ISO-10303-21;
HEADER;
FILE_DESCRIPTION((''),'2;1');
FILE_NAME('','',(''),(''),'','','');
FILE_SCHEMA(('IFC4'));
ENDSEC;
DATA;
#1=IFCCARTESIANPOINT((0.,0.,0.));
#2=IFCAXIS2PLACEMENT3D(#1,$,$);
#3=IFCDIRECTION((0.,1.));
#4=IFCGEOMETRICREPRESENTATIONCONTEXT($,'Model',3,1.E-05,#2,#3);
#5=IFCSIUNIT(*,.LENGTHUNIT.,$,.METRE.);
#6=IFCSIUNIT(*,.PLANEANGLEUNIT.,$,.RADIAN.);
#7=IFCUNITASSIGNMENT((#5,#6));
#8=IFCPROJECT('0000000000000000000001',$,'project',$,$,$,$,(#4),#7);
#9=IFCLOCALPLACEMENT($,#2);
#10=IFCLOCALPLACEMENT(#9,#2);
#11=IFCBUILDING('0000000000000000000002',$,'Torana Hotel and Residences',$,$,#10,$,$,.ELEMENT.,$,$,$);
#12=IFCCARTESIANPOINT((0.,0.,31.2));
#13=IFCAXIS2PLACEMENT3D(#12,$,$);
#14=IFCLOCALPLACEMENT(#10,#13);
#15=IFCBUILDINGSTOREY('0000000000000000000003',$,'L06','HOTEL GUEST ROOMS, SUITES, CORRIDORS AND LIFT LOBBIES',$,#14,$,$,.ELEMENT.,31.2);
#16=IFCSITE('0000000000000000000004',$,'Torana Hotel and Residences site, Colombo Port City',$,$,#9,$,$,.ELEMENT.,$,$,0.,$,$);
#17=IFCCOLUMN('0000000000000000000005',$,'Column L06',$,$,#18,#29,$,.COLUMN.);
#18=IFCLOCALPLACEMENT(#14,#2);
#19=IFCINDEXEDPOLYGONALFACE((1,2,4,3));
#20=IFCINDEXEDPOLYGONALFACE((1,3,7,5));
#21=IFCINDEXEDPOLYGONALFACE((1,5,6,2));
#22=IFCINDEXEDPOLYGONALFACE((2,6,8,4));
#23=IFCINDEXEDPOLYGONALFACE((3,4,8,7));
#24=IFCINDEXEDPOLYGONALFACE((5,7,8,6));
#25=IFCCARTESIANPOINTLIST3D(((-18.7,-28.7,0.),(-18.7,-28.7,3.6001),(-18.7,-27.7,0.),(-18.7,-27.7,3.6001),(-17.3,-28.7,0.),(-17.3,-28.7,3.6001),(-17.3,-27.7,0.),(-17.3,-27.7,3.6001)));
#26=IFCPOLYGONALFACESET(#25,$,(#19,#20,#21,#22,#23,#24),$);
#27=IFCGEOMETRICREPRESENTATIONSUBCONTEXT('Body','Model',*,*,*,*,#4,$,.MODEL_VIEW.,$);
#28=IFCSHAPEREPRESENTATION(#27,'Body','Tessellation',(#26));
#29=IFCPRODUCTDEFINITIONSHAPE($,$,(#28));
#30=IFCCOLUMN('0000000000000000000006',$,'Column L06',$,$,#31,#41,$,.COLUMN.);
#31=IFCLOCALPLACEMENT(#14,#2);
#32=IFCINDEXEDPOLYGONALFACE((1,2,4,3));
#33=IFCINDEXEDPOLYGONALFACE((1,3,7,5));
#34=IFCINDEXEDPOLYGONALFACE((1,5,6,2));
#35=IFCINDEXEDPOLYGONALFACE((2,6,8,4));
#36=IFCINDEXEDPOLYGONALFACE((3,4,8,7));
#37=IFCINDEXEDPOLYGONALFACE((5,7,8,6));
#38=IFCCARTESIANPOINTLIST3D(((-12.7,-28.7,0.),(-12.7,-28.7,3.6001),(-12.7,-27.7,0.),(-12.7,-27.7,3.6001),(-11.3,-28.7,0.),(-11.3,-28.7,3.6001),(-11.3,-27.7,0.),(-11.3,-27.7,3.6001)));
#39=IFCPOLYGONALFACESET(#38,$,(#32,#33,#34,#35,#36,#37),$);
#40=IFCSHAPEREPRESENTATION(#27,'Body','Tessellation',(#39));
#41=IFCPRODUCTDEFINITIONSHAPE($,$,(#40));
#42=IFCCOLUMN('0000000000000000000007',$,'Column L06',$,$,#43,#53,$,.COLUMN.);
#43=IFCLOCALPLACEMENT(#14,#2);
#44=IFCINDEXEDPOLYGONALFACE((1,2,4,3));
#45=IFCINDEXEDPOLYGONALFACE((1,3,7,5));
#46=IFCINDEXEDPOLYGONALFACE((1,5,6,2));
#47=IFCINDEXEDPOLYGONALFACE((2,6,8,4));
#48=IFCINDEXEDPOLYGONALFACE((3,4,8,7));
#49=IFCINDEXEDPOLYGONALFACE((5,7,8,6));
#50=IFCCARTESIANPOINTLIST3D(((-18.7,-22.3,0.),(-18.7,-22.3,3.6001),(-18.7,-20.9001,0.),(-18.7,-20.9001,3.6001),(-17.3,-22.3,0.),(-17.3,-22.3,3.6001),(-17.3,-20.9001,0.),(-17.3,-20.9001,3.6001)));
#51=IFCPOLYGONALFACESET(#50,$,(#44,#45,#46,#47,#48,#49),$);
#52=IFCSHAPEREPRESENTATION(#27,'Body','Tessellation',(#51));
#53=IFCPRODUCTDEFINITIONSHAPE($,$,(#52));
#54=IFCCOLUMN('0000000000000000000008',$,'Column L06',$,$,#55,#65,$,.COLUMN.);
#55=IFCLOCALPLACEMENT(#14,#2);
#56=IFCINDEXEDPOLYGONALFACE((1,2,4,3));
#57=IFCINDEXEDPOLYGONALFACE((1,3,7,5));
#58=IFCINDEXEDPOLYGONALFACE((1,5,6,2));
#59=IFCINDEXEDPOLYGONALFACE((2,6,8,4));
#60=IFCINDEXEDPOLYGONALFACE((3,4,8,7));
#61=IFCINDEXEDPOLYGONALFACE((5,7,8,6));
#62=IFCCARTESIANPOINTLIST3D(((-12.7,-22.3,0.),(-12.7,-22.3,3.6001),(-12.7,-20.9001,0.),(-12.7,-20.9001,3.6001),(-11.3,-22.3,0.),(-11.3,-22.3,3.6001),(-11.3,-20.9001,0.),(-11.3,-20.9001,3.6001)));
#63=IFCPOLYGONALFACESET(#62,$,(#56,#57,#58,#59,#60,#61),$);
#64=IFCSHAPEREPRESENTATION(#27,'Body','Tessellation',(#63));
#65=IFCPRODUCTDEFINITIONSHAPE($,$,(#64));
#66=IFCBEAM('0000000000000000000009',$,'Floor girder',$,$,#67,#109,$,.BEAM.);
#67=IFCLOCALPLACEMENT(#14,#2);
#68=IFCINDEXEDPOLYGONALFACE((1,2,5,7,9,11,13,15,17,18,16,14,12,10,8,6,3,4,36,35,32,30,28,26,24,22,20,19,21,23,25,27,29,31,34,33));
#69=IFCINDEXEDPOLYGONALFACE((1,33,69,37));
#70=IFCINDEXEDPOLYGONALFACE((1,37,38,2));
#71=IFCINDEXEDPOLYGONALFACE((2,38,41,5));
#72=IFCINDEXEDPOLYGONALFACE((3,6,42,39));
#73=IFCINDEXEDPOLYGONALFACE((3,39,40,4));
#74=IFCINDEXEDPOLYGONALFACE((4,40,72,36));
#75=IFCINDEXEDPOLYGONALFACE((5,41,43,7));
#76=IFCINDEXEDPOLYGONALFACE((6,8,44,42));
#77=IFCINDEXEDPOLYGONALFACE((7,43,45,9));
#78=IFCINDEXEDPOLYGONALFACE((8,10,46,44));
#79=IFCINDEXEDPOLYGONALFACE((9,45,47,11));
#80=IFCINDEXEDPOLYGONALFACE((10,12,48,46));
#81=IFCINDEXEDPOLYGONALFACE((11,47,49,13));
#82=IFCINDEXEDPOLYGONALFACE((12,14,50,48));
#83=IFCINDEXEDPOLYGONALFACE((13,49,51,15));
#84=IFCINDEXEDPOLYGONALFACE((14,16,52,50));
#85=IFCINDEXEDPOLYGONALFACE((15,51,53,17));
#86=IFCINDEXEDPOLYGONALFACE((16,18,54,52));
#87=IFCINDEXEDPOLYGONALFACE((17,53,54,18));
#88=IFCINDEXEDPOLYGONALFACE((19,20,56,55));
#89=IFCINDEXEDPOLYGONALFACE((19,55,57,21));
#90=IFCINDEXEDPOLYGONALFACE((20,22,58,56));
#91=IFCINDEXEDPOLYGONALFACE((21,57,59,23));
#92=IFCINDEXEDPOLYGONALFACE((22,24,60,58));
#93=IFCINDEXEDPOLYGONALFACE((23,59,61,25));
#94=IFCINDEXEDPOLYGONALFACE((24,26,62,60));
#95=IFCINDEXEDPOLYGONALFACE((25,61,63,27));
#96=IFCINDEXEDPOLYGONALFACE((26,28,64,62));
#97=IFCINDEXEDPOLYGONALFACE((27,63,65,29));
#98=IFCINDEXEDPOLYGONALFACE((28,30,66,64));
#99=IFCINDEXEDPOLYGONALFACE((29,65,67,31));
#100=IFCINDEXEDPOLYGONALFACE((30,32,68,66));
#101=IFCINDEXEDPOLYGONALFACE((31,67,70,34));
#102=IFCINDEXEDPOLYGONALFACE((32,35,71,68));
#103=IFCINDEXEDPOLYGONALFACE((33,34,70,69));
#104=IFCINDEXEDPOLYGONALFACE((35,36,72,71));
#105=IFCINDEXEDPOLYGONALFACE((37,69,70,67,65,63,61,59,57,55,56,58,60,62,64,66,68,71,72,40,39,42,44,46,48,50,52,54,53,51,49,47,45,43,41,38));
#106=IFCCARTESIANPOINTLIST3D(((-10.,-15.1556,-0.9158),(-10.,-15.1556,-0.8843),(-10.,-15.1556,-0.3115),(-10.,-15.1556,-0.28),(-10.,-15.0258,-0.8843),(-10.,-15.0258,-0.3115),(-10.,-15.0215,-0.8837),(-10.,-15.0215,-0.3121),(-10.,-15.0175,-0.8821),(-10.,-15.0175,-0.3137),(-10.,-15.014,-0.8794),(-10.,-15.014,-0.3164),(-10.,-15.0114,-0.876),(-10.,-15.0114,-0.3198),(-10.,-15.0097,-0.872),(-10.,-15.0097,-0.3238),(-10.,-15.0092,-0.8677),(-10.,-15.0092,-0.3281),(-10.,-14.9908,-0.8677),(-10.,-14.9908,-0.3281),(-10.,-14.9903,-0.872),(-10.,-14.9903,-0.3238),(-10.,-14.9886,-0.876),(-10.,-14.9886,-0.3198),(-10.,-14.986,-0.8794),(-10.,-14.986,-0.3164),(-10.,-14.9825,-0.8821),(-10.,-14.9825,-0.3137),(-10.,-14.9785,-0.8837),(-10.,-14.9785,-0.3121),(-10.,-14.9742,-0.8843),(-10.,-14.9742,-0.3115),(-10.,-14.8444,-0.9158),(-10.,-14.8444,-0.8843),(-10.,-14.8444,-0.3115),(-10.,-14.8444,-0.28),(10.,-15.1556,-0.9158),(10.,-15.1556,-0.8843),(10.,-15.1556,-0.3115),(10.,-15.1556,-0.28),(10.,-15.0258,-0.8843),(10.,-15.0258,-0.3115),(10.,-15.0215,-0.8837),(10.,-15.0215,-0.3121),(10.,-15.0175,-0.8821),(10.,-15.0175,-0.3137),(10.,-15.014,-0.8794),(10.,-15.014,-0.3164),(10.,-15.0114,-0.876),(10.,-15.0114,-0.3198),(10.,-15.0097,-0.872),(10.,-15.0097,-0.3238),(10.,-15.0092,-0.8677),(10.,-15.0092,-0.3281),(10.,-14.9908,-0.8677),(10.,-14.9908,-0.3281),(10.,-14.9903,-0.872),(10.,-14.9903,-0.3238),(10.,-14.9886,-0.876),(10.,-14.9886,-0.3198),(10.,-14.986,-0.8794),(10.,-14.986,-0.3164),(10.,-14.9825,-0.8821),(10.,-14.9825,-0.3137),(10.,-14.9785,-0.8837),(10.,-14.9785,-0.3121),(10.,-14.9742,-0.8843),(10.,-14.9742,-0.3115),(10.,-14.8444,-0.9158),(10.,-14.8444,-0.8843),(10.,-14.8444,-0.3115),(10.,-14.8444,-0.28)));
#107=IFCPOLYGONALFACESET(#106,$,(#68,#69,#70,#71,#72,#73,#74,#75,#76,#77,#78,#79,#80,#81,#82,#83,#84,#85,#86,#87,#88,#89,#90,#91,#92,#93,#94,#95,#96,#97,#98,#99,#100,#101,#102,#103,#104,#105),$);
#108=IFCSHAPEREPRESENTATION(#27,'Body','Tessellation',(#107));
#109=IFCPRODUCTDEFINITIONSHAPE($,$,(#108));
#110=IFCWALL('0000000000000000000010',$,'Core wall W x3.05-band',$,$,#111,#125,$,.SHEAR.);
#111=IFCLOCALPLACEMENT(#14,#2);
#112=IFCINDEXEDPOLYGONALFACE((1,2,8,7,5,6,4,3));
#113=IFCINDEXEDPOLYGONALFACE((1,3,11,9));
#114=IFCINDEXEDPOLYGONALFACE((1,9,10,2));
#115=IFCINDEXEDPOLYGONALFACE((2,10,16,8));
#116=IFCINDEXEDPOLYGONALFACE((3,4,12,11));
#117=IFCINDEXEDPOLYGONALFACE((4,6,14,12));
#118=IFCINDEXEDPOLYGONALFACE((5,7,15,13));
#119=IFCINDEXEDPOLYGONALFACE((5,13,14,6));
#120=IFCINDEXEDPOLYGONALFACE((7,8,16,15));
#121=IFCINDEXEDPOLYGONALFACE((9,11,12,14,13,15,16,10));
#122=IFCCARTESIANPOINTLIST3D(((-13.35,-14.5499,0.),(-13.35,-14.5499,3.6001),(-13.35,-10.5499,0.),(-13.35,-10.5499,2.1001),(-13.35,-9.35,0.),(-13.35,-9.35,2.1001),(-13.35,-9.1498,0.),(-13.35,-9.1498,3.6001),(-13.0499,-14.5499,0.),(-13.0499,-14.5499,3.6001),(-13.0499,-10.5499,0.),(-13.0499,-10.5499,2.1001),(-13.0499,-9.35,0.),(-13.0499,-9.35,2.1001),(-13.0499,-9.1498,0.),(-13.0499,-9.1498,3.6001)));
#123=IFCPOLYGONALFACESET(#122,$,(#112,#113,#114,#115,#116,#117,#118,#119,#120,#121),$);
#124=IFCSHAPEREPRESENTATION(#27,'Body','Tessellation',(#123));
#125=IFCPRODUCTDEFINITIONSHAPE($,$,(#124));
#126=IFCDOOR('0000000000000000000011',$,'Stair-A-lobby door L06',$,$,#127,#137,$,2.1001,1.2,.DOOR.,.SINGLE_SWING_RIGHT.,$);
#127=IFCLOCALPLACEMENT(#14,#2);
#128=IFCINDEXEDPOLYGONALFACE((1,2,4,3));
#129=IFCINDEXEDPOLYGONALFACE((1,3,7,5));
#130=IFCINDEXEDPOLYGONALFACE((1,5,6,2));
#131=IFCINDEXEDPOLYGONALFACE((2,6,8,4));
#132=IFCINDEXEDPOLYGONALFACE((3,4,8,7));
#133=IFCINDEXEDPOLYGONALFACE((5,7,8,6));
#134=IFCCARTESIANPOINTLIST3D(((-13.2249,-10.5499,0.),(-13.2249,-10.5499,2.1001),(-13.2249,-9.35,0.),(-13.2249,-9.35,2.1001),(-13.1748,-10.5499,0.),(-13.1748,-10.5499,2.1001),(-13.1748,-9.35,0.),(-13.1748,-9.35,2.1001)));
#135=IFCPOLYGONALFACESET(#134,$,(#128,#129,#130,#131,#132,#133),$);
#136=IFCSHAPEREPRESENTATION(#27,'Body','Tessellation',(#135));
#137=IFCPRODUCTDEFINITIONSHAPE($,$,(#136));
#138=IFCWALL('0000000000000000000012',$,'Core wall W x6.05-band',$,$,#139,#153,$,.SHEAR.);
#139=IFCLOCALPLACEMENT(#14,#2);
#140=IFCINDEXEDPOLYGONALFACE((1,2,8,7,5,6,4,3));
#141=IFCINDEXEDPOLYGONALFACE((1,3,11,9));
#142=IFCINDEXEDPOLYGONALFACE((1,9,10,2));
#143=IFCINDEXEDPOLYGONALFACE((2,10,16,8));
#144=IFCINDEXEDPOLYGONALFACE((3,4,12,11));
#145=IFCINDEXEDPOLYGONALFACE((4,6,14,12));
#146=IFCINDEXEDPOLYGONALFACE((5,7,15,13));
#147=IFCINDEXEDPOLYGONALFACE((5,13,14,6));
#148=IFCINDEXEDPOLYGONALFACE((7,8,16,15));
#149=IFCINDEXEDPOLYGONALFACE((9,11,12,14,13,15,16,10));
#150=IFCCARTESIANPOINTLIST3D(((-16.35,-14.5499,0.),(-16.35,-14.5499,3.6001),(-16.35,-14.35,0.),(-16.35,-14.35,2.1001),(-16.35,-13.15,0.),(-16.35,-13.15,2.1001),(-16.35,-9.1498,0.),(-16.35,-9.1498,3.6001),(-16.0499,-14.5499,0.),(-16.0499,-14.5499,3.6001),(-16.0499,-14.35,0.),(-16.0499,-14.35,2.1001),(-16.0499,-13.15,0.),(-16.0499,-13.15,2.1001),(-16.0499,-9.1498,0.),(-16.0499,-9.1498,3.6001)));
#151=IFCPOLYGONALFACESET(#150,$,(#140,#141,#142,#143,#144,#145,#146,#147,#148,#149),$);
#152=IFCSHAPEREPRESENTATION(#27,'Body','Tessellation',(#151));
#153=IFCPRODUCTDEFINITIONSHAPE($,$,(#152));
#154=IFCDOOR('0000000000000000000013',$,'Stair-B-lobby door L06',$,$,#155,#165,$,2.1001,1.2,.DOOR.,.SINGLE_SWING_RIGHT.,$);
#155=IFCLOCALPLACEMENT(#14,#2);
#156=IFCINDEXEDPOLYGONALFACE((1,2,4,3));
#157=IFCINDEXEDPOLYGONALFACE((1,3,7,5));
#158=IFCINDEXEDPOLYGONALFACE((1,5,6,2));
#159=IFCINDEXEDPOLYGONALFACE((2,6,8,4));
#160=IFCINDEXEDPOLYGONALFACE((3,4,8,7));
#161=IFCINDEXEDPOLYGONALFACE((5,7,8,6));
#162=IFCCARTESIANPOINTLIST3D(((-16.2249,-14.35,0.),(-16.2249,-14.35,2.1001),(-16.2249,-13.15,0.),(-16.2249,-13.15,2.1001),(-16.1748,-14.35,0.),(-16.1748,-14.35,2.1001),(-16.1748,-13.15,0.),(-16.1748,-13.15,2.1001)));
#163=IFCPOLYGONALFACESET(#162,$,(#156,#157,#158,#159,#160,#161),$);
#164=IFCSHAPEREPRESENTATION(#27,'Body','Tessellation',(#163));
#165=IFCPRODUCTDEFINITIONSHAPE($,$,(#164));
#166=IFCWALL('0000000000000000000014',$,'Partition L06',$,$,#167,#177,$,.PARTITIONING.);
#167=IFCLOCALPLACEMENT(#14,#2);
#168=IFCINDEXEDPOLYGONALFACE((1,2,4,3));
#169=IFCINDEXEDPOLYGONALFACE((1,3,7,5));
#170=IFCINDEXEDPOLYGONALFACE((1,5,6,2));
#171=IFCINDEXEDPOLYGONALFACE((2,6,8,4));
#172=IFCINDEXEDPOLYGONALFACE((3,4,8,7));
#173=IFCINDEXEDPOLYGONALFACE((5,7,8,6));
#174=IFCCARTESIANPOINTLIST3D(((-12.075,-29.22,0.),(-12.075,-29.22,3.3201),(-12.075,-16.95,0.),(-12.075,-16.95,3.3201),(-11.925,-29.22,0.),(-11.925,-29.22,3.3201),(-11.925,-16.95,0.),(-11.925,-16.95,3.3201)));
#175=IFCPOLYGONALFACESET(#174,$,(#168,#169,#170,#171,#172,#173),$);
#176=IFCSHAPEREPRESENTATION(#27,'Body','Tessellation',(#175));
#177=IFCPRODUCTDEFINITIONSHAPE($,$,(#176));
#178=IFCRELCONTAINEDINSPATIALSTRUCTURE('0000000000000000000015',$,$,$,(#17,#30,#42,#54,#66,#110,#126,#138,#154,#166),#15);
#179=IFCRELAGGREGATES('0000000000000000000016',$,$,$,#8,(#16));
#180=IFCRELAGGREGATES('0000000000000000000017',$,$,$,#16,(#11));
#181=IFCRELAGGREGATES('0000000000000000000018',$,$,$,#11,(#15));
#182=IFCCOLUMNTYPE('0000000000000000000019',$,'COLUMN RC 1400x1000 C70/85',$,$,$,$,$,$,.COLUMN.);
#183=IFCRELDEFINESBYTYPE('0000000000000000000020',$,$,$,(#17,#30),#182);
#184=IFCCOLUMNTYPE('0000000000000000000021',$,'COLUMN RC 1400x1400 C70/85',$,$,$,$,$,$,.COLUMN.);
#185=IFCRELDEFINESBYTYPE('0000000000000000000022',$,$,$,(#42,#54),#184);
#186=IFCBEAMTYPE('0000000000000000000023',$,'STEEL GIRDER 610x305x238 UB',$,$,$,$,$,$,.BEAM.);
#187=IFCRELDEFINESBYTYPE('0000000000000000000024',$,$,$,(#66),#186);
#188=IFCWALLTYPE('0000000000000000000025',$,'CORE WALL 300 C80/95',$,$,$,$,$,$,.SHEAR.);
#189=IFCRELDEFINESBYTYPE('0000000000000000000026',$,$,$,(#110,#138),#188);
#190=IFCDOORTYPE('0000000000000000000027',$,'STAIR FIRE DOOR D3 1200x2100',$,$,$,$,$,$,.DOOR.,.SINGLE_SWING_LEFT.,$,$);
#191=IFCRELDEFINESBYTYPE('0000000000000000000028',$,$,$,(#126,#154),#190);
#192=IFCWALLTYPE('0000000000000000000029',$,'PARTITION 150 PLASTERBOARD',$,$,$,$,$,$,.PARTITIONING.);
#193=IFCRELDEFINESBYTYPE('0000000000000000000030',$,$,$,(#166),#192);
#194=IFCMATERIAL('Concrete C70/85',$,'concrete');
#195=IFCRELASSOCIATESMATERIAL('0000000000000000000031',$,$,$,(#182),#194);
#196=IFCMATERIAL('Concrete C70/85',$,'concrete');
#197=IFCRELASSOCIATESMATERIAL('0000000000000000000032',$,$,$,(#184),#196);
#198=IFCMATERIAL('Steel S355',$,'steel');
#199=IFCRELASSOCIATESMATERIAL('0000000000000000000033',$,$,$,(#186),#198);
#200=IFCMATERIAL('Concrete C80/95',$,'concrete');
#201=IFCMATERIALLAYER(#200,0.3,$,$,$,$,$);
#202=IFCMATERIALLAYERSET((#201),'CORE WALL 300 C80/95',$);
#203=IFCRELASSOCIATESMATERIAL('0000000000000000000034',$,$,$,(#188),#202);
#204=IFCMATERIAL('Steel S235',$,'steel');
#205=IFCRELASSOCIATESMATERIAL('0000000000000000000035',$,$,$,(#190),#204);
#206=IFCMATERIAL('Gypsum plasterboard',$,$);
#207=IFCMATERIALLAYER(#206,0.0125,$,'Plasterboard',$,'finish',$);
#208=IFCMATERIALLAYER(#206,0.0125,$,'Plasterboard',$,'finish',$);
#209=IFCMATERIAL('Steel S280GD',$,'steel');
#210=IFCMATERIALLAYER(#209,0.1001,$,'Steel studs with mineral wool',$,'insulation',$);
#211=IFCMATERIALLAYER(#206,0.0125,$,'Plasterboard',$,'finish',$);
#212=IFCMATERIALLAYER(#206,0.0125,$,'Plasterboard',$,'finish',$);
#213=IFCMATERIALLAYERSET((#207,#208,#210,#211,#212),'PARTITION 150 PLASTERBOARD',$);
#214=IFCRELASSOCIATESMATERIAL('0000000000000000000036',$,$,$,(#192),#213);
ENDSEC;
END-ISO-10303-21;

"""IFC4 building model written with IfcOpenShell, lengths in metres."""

from ifc_helpers import new_model, si_unit, direction, frame, frame_2d, origin, origin_2d, place, context, subcontext, project, spatial, rectangle, i_section, extrude, material, layer, layer_set, material_profile, profile_set, type_object, element, fill, save


model = new_model("IFC4")

# Units and contexts
model_context = context("Model", 3, precision=1e-05, world=origin(), true_north=direction((0.0, 1.0)))
body_context = subcontext(model_context, "Body", "Model", "MODEL_VIEW")
ifc_project = project(units=[si_unit("LENGTHUNIT", "METRE"), si_unit("PLANEANGLEUNIT", "RADIAN")], contexts=[model_context])

# Site, building, storey
site_placement = place(None, origin())
site = spatial("IfcSite", under=ifc_project, at=site_placement, Name="Torana Hotel and Residences site, Colombo Port City", CompositionType="ELEMENT", RefElevation=0.0)
building_placement = place(site_placement, origin())
building = spatial("IfcBuilding", under=site, at=building_placement, Name="Torana Hotel and Residences", CompositionType="ELEMENT")
storey_placement = place(building_placement, frame((0.0, 0.0, 31.2)))
storey = spatial("IfcBuildingStorey", under=building, at=storey_placement, Name="L06", Description="HOTEL GUEST ROOMS, SUITES, CORRIDORS AND LIFT LOBBIES", CompositionType="ELEMENT", Elevation=31.2)

# Columns
ifc_material_1 = material(Name="Concrete C70/85", Category="concrete")
ifc_material_profile_1 = material_profile(ifc_material_1, rectangle(XDim=1.3999, YDim=1.0, at=origin_2d()), Name="RC 1400x1000")
ifc_profile_set_1 = profile_set([ifc_material_profile_1], Name="Concrete C70/85")
column_type_1 = type_object("IfcColumnType", Name="COLUMN RC 1400x1000 C70/85", PredefinedType="COLUMN", material=ifc_profile_set_1)
for number, where, z_axis, x_axis, name in (
    (1, (-18.0, -28.2, 0.0), (0.0, 0.0, 1.0), (1.0, 0.0, 0.0), "Column L06"),
    (2, (-12.0, -28.2, 0.0), (0.0, 0.0, 1.0), (1.0, 0.0, 0.0), "Column L06"),
):
    element("IfcColumn", number, at=place(storey_placement, frame(where, z_axis=z_axis, x_axis=x_axis)), inside=storey, type_object=column_type_1, Name=name, PredefinedType="COLUMN", context=body_context, shape_type="SweptSolid", body=[
        extrude(rectangle(XDim=1.3999, YDim=1.0, at=origin_2d()), origin(), (0.0, 0.0, 1.0), 3.6001),
    ])
ifc_material_2 = material(Name="Concrete C70/85", Category="concrete")
ifc_material_profile_2 = material_profile(ifc_material_2, rectangle(XDim=1.3999, YDim=1.3999, at=origin_2d()), Name="RC 1400x1400")
ifc_profile_set_2 = profile_set([ifc_material_profile_2], Name="Concrete C70/85")
column_type_2 = type_object("IfcColumnType", Name="COLUMN RC 1400x1400 C70/85", PredefinedType="COLUMN", material=ifc_profile_set_2)
for number, where, z_axis, x_axis, name in (
    (3, (-18.0, -21.6001, 0.0), (0.0, 0.0, 1.0), (1.0, 0.0, 0.0), "Column L06"),
    (4, (-12.0, -21.6001, 0.0), (0.0, 0.0, 1.0), (1.0, 0.0, 0.0), "Column L06"),
):
    element("IfcColumn", number, at=place(storey_placement, frame(where, z_axis=z_axis, x_axis=x_axis)), inside=storey, type_object=column_type_2, Name=name, PredefinedType="COLUMN", context=body_context, shape_type="SweptSolid", body=[
        extrude(rectangle(XDim=1.3999, YDim=1.3999, at=origin_2d()), origin(), (0.0, 0.0, 1.0), 3.6001),
    ])

# Beam
ifc_material_3 = material(Name="Steel S355", Category="steel")
ifc_material_profile_3 = material_profile(ifc_material_3, i_section(OverallWidth=0.3113, OverallDepth=0.6357, WebThickness=0.0183, FlangeThickness=0.0315, FilletRadius=0.0166, at=origin_2d()), Name="610x305x238 UB")
ifc_profile_set_3 = profile_set([ifc_material_profile_3], Name="Steel S355")
beam_type = type_object("IfcBeamType", Name="STEEL GIRDER 610x305x238 UB", PredefinedType="BEAM", material=ifc_profile_set_3)
beam_placement = place(storey_placement, frame((-10.0, -15.0, -0.5979), z_axis=(1.0, 0.0, 0.0), x_axis=(0.0, 1.0, 0.0)))
element("IfcBeam", 5, at=beam_placement, inside=storey, type_object=beam_type, Name="Floor girder", PredefinedType="BEAM", context=body_context, shape_type="SweptSolid", body=[
    extrude(i_section(OverallWidth=0.3113, OverallDepth=0.6357, WebThickness=0.0183, FlangeThickness=0.0315, FilletRadius=0.0166, at=origin_2d()), origin(), (0.0, 0.0, 1.0), 20.0),
])

# Walls, openings, doors
ifc_material_4 = material(Name="Concrete C80/95", Category="concrete")
ifc_layer_1 = layer(ifc_material_4, 0.3)
ifc_layer_set_1 = layer_set([ifc_layer_1], Name="CORE WALL 300 C80/95")
wall_type_1 = type_object("IfcWallType", Name="CORE WALL 300 C80/95", PredefinedType="SHEAR", material=ifc_layer_set_1)
wall_1_placement = place(storey_placement, frame((-13.2, -14.55, 0.0), z_axis=(0.0, 0.0, 1.0), x_axis=(0.0, 1.0, 0.0)))
wall_1 = element("IfcWall", 6, at=wall_1_placement, inside=storey, type_object=wall_type_1, Name="Core wall W x3.05-band", PredefinedType="SHEAR", context=body_context, shape_type="SweptSolid", body=[
    extrude(rectangle(XDim=5.4001, YDim=0.3, at=frame_2d((2.7002, 0.0))), origin(), (0.0, 0.0, 1.0), 3.6001),
])
opening_1_placement = place(wall_1_placement, frame((4.0, 0.0, 0.0)))
opening_1 = element("IfcOpeningElement", 7, at=opening_1_placement, cuts=wall_1, PredefinedType="OPENING", context=body_context, shape_type="SweptSolid", body=[
    extrude(rectangle(XDim=1.2, YDim=2.1001, at=frame_2d((0.6001, 1.05))), frame((0.0, 0.1599, 0.0), z_axis=(0.0, -1.0, 0.0), x_axis=(1.0, 0.0, 0.0)), (0.0, 0.0, 1.0), 0.3201),
])
ifc_material_5 = material(Name="Steel S235", Category="steel")
door_type_1 = type_object("IfcDoorType", Name="STAIR FIRE DOOR D3 1200x2100", OperationType="SINGLE_SWING_LEFT", PredefinedType="DOOR", material=ifc_material_5)
door_1_placement = place(opening_1_placement, frame((0.6001, 0.0, 0.0), z_axis=(0.0, 0.0, 1.0), x_axis=(-1.0, 0.0, 0.0)))
door_1 = element("IfcDoor", 8, at=door_1_placement, inside=storey, type_object=door_type_1, Name="Stair-A-lobby door L06", OperationType="SINGLE_SWING_RIGHT", OverallHeight=2.1001, OverallWidth=1.2, PredefinedType="DOOR", context=body_context, shape_type="SweptSolid", body=[
    extrude(rectangle(XDim=1.2, YDim=2.1001, at=frame_2d((0.0, 1.05))), frame((0.0, -0.0249, 0.0), z_axis=(0.0, 1.0, 0.0), x_axis=(-1.0, 0.0, 0.0)), (0.0, 0.0, 1.0), 0.05),
])
fill(opening_1, door_1)
wall_2_placement = place(storey_placement, frame((-16.2, -14.55, 0.0), z_axis=(0.0, 0.0, 1.0), x_axis=(0.0, 1.0, 0.0)))
wall_2 = element("IfcWall", 9, at=wall_2_placement, inside=storey, type_object=wall_type_1, Name="Core wall W x6.05-band", PredefinedType="SHEAR", context=body_context, shape_type="SweptSolid", body=[
    extrude(rectangle(XDim=5.4001, YDim=0.3, at=frame_2d((2.7002, 0.0))), origin(), (0.0, 0.0, 1.0), 3.6001),
])
opening_2_placement = place(wall_2_placement, frame((0.2, 0.0, 0.0)))
opening_2 = element("IfcOpeningElement", 10, at=opening_2_placement, cuts=wall_2, PredefinedType="OPENING", context=body_context, shape_type="SweptSolid", body=[
    extrude(rectangle(XDim=1.2, YDim=2.1001, at=frame_2d((0.6001, 1.05))), frame((0.0, 0.1599, 0.0), z_axis=(0.0, -1.0, 0.0), x_axis=(1.0, 0.0, 0.0)), (0.0, 0.0, 1.0), 0.3201),
])
door_2_placement = place(opening_2_placement, origin())
door_2 = element("IfcDoor", 11, at=door_2_placement, inside=storey, type_object=door_type_1, Name="Stair-B-lobby door L06", OperationType="SINGLE_SWING_RIGHT", OverallHeight=2.1001, OverallWidth=1.2, PredefinedType="DOOR", context=body_context, shape_type="SweptSolid", body=[
    extrude(rectangle(XDim=1.2, YDim=2.1001, at=frame_2d((0.6001, 1.05))), frame((0.0, 0.0249, 0.0), z_axis=(0.0, -1.0, 0.0), x_axis=(1.0, 0.0, 0.0)), (0.0, 0.0, 1.0), 0.05),
])
fill(opening_2, door_2)

# Wall
ifc_material_6 = material(Name="Gypsum plasterboard")
ifc_layer_2 = layer(ifc_material_6, 0.0125, Name="Plasterboard", Category="finish")
ifc_layer_3 = layer(ifc_material_6, 0.0125, Name="Plasterboard", Category="finish")
ifc_material_7 = material(Name="Steel S280GD", Category="steel")
ifc_layer_4 = layer(ifc_material_7, 0.1001, Name="Steel studs with mineral wool", Category="insulation")
ifc_layer_5 = layer(ifc_material_6, 0.0125, Name="Plasterboard", Category="finish")
ifc_layer_6 = layer(ifc_material_6, 0.0125, Name="Plasterboard", Category="finish")
ifc_layer_set_2 = layer_set([ifc_layer_2, ifc_layer_3, ifc_layer_4, ifc_layer_5, ifc_layer_6], Name="PARTITION 150 PLASTERBOARD")
wall_type_2 = type_object("IfcWallType", Name="PARTITION 150 PLASTERBOARD", PredefinedType="PARTITIONING", material=ifc_layer_set_2)
wall_3_placement = place(storey_placement, frame((-12.0, -29.22, 0.0), z_axis=(0.0, 0.0, 1.0), x_axis=(0.0, 1.0, 0.0)))
element("IfcWall", 12, at=wall_3_placement, inside=storey, type_object=wall_type_2, Name="Partition L06", PredefinedType="PARTITIONING", context=body_context, shape_type="SweptSolid", body=[
    extrude(rectangle(XDim=12.27, YDim=0.1499, at=frame_2d((6.135, 0.0))), origin(), (0.0, 0.0, 1.0), 3.3201),
])

save(model, "model.ifc")
